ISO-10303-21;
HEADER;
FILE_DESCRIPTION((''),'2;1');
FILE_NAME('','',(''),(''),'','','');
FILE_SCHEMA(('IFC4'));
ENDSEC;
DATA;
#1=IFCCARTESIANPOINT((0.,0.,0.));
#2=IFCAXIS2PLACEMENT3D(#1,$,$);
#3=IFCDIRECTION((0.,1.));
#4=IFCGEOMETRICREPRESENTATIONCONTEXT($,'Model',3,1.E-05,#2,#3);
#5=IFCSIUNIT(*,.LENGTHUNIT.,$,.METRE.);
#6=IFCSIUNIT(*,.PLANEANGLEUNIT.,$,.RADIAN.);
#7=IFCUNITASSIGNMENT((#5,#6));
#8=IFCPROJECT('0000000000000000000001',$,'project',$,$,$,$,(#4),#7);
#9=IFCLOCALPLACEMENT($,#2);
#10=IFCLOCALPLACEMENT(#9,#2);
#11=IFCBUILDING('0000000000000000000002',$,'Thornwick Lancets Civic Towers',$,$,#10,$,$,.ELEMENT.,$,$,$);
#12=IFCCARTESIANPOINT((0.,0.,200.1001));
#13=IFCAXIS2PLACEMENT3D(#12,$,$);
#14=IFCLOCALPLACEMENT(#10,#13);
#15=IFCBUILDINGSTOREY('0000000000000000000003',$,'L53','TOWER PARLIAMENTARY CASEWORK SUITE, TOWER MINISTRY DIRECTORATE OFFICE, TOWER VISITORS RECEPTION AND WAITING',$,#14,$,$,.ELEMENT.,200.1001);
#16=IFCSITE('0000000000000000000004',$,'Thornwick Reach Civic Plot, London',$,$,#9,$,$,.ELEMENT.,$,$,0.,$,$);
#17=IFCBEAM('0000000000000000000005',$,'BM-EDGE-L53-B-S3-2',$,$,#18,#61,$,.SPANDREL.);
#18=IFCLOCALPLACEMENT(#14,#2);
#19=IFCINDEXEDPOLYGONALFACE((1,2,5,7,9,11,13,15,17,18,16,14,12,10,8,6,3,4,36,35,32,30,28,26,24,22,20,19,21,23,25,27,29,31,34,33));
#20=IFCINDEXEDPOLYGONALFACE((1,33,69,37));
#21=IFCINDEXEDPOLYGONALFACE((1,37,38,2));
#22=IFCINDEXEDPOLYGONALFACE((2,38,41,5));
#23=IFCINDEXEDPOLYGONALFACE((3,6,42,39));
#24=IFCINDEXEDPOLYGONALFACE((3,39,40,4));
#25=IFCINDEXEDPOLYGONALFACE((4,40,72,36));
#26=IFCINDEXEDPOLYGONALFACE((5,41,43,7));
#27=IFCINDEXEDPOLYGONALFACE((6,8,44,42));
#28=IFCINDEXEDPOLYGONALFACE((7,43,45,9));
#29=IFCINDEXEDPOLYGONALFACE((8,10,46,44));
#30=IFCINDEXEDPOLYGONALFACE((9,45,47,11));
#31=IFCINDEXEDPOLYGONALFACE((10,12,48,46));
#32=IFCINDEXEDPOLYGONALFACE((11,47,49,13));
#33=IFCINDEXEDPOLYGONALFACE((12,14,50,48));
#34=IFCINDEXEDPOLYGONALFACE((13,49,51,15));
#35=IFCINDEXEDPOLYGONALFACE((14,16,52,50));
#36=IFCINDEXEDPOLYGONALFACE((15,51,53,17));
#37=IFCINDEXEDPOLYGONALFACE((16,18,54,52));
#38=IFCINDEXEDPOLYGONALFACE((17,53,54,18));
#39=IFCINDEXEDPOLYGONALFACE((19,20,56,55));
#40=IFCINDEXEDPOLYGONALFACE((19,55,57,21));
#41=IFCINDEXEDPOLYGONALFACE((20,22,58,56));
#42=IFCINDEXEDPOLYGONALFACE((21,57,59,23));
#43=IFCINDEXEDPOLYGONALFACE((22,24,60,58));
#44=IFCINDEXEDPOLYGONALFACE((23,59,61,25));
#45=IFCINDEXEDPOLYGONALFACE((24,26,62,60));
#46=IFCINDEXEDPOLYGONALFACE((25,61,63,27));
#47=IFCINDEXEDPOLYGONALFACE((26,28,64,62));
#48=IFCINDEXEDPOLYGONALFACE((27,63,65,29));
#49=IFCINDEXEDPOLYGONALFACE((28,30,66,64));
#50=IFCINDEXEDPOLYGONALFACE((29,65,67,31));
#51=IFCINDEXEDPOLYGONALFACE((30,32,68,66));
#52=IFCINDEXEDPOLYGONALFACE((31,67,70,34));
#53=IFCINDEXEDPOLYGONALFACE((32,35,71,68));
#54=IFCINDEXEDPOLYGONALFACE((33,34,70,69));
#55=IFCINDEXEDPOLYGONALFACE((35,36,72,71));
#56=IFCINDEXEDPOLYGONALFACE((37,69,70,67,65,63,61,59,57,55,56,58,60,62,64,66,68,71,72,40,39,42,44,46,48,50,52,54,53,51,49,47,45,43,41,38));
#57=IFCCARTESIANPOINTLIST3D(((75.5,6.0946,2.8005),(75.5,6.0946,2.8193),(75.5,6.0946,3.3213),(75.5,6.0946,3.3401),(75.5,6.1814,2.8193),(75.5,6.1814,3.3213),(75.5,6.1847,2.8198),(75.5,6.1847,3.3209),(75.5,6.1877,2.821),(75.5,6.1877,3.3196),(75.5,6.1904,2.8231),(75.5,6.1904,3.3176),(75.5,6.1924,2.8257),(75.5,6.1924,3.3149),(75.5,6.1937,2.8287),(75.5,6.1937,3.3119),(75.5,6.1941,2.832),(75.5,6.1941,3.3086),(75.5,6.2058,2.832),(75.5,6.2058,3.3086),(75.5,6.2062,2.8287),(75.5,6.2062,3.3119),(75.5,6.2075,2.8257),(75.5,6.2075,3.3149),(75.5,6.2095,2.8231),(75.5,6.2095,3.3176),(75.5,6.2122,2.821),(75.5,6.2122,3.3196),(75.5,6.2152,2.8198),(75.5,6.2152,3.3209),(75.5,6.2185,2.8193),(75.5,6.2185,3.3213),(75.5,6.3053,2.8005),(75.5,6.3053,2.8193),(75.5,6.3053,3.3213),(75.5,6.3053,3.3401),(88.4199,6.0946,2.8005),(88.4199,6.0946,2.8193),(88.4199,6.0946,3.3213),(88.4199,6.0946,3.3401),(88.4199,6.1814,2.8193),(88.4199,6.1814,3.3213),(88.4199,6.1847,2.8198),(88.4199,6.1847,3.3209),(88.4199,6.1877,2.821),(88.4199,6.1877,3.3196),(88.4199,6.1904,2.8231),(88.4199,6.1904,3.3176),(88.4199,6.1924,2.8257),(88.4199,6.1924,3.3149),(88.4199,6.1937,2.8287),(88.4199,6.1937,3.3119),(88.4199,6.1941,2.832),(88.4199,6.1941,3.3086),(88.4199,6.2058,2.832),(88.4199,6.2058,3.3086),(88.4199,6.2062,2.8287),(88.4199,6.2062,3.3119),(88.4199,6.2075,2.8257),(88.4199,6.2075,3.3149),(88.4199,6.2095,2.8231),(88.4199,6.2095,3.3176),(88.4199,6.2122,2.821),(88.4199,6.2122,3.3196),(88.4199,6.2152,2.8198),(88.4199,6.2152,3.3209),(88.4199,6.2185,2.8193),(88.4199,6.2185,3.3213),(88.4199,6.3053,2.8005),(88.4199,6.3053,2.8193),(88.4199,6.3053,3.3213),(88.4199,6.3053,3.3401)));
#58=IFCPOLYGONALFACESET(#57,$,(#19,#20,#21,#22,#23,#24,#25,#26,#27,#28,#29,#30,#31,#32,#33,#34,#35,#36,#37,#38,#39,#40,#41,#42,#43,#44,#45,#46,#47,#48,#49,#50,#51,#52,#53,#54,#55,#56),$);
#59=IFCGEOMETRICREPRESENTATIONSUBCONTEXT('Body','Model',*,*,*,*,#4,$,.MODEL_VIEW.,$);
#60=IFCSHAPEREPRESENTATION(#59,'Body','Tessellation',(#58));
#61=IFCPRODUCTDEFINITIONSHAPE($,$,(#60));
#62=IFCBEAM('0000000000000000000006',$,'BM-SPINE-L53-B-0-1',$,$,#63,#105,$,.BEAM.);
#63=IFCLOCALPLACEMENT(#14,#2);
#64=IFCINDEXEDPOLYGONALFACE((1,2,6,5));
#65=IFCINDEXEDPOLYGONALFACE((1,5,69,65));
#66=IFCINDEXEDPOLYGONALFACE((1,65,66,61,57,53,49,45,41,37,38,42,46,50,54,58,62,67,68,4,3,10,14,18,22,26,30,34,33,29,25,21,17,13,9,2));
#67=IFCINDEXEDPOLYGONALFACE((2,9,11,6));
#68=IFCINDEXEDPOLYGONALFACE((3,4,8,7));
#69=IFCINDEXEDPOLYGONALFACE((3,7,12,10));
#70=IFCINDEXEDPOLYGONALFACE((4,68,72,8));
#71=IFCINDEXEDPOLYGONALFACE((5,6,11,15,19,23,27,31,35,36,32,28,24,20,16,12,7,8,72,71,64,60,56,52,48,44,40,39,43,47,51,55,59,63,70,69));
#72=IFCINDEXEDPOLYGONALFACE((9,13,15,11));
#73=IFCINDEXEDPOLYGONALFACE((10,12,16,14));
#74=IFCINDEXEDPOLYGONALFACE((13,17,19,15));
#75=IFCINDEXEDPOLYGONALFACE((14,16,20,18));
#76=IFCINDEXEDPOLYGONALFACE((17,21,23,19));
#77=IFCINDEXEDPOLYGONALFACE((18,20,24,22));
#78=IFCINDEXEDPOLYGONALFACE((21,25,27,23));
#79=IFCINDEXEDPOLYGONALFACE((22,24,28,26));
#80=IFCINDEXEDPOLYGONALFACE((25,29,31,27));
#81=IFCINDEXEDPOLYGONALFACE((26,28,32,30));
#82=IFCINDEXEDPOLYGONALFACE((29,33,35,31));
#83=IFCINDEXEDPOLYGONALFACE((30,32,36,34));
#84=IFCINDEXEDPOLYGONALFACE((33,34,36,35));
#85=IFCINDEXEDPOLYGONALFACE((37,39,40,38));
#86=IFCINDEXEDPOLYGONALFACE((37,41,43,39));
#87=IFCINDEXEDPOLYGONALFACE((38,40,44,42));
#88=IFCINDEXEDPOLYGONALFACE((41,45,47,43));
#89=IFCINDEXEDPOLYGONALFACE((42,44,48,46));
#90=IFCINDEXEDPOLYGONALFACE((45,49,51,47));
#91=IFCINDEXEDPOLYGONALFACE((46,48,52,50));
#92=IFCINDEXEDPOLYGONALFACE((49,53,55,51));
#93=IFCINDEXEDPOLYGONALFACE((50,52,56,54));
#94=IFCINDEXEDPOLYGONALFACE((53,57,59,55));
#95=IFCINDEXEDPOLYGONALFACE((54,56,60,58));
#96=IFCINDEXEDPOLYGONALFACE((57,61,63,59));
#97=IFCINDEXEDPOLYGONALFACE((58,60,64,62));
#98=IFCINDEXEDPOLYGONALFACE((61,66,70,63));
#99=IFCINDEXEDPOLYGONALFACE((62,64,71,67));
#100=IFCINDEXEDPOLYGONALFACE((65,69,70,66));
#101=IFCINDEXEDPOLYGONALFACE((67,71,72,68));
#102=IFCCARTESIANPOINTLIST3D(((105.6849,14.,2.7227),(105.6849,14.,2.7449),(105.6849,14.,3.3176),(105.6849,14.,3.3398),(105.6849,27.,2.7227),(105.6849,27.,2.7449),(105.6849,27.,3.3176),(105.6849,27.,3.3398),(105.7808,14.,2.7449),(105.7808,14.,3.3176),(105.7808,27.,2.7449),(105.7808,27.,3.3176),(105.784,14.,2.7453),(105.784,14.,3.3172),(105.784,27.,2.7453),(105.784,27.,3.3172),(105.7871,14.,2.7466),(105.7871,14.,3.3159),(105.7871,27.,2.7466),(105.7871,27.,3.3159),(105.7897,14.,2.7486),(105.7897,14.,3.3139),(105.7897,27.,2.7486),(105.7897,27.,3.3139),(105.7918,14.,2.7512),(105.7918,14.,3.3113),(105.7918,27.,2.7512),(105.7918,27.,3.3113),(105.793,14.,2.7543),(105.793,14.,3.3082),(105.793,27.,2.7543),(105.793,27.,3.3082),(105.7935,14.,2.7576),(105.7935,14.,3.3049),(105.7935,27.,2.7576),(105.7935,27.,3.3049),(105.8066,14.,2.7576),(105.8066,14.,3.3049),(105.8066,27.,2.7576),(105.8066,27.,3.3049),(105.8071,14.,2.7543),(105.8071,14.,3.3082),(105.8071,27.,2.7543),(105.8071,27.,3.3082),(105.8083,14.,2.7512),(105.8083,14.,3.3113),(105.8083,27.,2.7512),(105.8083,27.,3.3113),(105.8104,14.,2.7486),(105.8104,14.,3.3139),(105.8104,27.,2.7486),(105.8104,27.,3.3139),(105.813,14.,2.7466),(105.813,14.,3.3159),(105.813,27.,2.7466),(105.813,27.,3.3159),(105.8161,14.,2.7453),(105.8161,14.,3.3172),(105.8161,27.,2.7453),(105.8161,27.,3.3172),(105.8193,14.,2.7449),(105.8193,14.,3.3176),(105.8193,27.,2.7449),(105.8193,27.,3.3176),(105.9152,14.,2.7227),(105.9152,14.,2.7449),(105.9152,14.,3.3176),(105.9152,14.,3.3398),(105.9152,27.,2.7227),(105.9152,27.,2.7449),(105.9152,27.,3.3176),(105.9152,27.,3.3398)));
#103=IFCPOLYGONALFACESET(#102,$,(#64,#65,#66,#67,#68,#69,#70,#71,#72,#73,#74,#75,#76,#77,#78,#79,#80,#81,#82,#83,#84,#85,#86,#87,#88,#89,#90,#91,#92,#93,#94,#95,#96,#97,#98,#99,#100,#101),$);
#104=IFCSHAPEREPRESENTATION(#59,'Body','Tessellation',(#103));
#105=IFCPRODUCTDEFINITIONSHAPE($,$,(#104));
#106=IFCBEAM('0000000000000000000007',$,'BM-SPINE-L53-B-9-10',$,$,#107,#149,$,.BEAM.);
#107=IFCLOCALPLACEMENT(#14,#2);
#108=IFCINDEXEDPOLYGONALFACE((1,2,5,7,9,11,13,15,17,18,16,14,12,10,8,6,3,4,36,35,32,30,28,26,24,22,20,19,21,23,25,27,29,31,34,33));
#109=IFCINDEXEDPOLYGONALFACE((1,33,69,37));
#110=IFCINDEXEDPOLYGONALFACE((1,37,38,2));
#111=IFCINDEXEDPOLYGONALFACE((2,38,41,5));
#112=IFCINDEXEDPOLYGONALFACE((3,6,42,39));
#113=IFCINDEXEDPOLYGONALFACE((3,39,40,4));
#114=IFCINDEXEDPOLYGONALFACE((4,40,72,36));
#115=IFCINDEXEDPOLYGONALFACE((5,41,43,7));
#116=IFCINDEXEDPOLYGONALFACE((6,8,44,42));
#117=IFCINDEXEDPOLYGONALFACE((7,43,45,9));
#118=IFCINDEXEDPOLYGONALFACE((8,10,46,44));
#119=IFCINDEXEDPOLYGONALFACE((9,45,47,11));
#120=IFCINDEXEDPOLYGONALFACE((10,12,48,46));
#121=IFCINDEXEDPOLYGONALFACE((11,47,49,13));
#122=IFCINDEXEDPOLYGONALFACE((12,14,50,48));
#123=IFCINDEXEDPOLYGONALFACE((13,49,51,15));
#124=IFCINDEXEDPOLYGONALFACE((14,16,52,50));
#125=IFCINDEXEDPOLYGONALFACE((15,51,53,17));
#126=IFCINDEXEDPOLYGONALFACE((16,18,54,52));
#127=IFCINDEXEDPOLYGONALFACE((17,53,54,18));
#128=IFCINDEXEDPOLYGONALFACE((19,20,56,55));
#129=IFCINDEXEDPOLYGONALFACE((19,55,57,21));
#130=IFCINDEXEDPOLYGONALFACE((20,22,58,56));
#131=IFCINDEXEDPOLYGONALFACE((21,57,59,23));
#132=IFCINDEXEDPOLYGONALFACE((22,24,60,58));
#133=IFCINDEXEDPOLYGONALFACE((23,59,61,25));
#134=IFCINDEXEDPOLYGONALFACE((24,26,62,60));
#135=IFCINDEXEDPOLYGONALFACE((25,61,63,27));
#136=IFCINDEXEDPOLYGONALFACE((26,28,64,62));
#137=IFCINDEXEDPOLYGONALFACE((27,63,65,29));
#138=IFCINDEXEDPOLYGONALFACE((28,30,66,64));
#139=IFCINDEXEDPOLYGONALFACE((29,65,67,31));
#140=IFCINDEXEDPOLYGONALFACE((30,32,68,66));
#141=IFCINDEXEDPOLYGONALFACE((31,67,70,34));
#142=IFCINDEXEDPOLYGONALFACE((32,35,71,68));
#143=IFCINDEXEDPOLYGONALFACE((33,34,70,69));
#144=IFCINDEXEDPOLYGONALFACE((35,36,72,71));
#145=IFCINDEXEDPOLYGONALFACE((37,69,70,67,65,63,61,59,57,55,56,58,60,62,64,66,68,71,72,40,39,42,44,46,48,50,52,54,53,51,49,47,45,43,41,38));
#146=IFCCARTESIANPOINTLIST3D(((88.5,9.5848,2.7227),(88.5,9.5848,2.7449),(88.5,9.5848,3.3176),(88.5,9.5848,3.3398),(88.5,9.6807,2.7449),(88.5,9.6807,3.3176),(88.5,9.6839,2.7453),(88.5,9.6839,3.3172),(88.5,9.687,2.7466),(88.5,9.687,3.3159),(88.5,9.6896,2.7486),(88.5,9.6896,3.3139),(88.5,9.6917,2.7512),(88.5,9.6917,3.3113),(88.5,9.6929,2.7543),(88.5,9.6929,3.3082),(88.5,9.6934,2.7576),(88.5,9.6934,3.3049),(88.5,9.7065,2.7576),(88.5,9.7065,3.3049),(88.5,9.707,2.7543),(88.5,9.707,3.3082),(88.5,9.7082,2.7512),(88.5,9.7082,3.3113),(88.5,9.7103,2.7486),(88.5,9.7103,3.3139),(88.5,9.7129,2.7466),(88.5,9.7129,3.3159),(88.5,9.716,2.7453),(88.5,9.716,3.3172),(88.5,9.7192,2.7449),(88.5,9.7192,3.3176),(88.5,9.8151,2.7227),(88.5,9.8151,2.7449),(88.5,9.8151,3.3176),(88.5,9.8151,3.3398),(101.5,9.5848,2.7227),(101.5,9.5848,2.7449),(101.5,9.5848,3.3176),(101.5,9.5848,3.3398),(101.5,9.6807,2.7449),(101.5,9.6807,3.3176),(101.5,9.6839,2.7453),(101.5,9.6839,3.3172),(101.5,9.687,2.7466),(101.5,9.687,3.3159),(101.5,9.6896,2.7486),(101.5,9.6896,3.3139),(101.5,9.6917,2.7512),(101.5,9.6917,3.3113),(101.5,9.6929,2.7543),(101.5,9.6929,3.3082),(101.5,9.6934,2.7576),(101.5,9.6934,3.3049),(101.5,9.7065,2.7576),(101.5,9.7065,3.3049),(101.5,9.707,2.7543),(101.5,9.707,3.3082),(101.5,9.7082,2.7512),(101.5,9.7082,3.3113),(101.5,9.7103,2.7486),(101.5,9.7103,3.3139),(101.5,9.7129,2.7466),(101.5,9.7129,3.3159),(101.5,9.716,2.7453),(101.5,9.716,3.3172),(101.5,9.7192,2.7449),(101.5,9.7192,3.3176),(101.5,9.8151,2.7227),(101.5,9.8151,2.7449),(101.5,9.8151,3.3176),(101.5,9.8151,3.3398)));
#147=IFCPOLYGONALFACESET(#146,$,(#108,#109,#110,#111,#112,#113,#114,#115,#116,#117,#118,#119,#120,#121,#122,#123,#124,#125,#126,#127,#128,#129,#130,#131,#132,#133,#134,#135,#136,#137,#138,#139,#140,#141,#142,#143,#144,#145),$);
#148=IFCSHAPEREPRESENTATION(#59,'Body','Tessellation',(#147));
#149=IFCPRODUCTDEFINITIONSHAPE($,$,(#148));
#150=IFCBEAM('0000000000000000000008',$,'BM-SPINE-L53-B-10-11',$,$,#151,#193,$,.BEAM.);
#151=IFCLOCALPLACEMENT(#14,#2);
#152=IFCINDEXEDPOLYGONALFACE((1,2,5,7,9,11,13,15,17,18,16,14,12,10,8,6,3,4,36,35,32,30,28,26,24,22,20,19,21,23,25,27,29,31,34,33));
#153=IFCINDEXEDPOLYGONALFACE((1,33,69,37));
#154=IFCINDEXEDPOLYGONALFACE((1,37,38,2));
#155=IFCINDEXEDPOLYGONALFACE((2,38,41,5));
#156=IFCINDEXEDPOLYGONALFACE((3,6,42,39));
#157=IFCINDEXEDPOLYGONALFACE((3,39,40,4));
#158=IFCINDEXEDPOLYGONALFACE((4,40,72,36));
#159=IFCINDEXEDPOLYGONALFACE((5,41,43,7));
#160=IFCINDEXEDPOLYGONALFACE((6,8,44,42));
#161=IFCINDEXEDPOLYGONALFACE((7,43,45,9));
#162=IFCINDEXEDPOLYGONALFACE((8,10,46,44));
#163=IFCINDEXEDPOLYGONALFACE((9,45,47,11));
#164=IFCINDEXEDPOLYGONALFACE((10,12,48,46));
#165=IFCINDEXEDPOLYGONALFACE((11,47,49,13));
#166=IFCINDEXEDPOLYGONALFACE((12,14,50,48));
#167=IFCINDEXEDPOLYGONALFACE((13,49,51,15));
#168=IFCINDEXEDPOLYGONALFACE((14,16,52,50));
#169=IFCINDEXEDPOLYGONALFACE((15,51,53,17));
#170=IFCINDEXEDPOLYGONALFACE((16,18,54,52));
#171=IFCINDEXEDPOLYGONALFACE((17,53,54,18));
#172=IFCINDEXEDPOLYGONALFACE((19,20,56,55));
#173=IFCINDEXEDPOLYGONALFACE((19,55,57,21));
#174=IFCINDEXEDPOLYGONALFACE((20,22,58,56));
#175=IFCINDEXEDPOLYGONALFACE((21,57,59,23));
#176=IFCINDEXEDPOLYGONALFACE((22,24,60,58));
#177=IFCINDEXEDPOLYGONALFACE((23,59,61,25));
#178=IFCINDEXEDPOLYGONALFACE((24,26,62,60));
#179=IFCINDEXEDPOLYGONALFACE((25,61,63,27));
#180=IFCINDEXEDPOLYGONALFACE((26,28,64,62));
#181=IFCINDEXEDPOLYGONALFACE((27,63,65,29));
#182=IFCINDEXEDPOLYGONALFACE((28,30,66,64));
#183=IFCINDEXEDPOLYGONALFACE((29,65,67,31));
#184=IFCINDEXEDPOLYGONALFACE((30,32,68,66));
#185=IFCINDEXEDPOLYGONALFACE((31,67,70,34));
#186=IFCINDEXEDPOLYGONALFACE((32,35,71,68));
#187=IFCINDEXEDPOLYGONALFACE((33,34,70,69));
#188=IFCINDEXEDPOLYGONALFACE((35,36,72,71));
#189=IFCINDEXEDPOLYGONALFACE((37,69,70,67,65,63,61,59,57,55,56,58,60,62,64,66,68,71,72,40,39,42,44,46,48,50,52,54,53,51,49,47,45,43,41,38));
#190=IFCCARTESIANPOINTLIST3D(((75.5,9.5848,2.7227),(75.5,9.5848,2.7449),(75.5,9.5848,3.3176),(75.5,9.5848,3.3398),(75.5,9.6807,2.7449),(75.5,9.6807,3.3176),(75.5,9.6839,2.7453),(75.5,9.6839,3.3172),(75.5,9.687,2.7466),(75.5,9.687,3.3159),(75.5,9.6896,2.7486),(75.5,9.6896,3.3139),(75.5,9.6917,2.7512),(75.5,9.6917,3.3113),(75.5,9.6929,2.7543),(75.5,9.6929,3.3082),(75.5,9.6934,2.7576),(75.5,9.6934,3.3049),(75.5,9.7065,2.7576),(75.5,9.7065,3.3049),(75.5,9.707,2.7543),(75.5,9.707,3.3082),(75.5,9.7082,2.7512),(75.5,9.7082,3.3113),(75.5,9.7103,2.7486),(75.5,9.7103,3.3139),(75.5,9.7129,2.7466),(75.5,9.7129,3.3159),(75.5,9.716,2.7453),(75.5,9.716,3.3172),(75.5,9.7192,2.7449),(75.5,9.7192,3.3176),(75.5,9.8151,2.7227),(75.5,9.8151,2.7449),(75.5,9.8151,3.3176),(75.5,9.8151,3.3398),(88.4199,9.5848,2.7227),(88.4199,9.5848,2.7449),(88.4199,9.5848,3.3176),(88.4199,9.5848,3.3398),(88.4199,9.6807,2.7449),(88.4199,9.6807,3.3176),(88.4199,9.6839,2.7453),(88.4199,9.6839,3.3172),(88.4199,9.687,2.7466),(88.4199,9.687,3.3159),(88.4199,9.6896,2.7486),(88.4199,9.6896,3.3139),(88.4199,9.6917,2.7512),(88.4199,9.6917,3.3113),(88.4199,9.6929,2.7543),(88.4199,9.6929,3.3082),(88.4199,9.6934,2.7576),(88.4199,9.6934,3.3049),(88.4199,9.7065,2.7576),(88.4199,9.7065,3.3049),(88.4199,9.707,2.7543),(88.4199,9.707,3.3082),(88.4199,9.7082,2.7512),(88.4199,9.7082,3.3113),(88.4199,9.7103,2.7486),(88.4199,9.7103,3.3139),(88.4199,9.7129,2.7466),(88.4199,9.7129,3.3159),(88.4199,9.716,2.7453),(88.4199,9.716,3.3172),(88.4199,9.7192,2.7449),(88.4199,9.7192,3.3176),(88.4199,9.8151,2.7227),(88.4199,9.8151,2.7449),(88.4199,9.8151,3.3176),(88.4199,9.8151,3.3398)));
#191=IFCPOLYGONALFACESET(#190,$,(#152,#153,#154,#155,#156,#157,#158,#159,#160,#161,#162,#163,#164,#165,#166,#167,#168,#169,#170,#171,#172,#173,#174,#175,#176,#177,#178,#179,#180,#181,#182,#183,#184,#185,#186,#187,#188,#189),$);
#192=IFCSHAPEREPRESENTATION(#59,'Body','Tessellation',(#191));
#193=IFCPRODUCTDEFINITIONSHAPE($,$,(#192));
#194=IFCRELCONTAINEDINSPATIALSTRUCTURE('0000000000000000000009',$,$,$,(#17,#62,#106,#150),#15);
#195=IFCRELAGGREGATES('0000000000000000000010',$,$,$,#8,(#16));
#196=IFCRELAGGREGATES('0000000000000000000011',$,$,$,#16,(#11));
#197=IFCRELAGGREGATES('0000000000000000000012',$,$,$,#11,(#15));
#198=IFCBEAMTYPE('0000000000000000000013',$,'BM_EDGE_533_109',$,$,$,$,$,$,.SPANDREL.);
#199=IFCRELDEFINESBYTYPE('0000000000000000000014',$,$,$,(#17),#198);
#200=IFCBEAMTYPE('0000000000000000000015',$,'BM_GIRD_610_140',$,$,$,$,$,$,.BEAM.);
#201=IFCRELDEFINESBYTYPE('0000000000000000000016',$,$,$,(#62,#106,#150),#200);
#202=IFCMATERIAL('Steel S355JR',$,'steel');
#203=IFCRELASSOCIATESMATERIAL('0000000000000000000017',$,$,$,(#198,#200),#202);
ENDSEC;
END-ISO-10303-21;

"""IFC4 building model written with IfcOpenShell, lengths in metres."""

from ifc_helpers import new_model, si_unit, direction, frame, origin, origin_2d, place, context, subcontext, project, spatial, i_section, extrude, material, material_profile, profile_set, type_object, element, save


model = new_model("IFC4")

# Units and contexts
model_context = context("Model", 3, precision=1e-05, world=origin(), true_north=direction((0.0, 1.0)))
body_context = subcontext(model_context, "Body", "Model", "MODEL_VIEW")
ifc_project = project(units=[si_unit("LENGTHUNIT", "METRE"), si_unit("PLANEANGLEUNIT", "RADIAN")], contexts=[model_context])

# Site, building, storey
site_placement = place(None, origin())
site = spatial("IfcSite", under=ifc_project, at=site_placement, Name="Thornwick Reach Civic Plot, London", CompositionType="ELEMENT", RefElevation=0.0)
building_placement = place(site_placement, origin())
building = spatial("IfcBuilding", under=site, at=building_placement, Name="Thornwick Lancets Civic Towers", CompositionType="ELEMENT")
storey_placement = place(building_placement, frame((0.0, 0.0, 200.1001)))
storey = spatial("IfcBuildingStorey", under=building, at=storey_placement, Name="L53", Description="TOWER PARLIAMENTARY CASEWORK SUITE, TOWER MINISTRY DIRECTORATE OFFICE, TOWER VISITORS RECEPTION AND WAITING", CompositionType="ELEMENT", Elevation=200.1001)

# Shared definitions
ifc_material_1 = material(Name="Steel S355JR", Category="steel")

# Beams
ifc_material_profile_1 = material_profile(ifc_material_1, i_section(OverallWidth=0.2107, OverallDepth=0.5396, WebThickness=0.0117, FlangeThickness=0.0188, FilletRadius=0.0127, at=origin_2d()), Name="UKB 533x210x109")
ifc_profile_set_1 = profile_set([ifc_material_profile_1], Name="Steel S355JR")
beam_type_1 = type_object("IfcBeamType", Name="BM_EDGE_533_109", PredefinedType="SPANDREL", material=ifc_profile_set_1)
beam_1_placement = place(storey_placement, frame((88.4199, 6.2, 3.0703), z_axis=(-1.0, 0.0, 0.0), x_axis=(0.0, -1.0, 0.0)))
element("IfcBeam", 1, at=beam_1_placement, inside=storey, type_object=beam_type_1, Name="BM-EDGE-L53-B-S3-2", PredefinedType="SPANDREL", context=body_context, shape_type="SweptSolid", body=[
    extrude(i_section(OverallWidth=0.2107, OverallDepth=0.5396, WebThickness=0.0117, FlangeThickness=0.0188, FilletRadius=0.0127, at=origin_2d()), origin(), (0.0, 0.0, 1.0), 12.9199),
])
ifc_material_profile_2 = material_profile(ifc_material_1, i_section(OverallWidth=0.2302, OverallDepth=0.6172, WebThickness=0.0132, FlangeThickness=0.0222, FilletRadius=0.0127, at=origin_2d()), Name="UKB 610x229x140")
ifc_profile_set_2 = profile_set([ifc_material_profile_2], Name="Steel S355JR")
beam_type_2 = type_object("IfcBeamType", Name="BM_GIRD_610_140", PredefinedType="BEAM", material=ifc_profile_set_2)
for number, where, z_axis, x_axis, name in (
    (2, (105.8, 14.0, 3.0312), (0.0, 1.0, 0.0), (-1.0, 0.0, 0.0), "BM-SPINE-L53-B-0-1"),
    (3, (101.5, 9.7, 3.0312), (-1.0, 0.0, 0.0), (0.0, -1.0, 0.0), "BM-SPINE-L53-B-9-10"),
):
    element("IfcBeam", number, at=place(storey_placement, frame(where, z_axis=z_axis, x_axis=x_axis)), inside=storey, type_object=beam_type_2, Name=name, PredefinedType="BEAM", context=body_context, shape_type="SweptSolid", body=[
        extrude(i_section(OverallWidth=0.2302, OverallDepth=0.6172, WebThickness=0.0132, FlangeThickness=0.0222, FilletRadius=0.0127, at=origin_2d()), origin(), (0.0, 0.0, 1.0), 13.0),
    ])
beam_2_placement = place(storey_placement, frame((88.4199, 9.7, 3.0312), z_axis=(-1.0, 0.0, 0.0), x_axis=(0.0, -1.0, 0.0)))
element("IfcBeam", 4, at=beam_2_placement, inside=storey, type_object=beam_type_2, Name="BM-SPINE-L53-B-10-11", PredefinedType="BEAM", context=body_context, shape_type="SweptSolid", body=[
    extrude(i_section(OverallWidth=0.2302, OverallDepth=0.6172, WebThickness=0.0132, FlangeThickness=0.0222, FilletRadius=0.0127, at=origin_2d()), origin(), (0.0, 0.0, 1.0), 12.9199),
])

save(model, "model.ifc")
